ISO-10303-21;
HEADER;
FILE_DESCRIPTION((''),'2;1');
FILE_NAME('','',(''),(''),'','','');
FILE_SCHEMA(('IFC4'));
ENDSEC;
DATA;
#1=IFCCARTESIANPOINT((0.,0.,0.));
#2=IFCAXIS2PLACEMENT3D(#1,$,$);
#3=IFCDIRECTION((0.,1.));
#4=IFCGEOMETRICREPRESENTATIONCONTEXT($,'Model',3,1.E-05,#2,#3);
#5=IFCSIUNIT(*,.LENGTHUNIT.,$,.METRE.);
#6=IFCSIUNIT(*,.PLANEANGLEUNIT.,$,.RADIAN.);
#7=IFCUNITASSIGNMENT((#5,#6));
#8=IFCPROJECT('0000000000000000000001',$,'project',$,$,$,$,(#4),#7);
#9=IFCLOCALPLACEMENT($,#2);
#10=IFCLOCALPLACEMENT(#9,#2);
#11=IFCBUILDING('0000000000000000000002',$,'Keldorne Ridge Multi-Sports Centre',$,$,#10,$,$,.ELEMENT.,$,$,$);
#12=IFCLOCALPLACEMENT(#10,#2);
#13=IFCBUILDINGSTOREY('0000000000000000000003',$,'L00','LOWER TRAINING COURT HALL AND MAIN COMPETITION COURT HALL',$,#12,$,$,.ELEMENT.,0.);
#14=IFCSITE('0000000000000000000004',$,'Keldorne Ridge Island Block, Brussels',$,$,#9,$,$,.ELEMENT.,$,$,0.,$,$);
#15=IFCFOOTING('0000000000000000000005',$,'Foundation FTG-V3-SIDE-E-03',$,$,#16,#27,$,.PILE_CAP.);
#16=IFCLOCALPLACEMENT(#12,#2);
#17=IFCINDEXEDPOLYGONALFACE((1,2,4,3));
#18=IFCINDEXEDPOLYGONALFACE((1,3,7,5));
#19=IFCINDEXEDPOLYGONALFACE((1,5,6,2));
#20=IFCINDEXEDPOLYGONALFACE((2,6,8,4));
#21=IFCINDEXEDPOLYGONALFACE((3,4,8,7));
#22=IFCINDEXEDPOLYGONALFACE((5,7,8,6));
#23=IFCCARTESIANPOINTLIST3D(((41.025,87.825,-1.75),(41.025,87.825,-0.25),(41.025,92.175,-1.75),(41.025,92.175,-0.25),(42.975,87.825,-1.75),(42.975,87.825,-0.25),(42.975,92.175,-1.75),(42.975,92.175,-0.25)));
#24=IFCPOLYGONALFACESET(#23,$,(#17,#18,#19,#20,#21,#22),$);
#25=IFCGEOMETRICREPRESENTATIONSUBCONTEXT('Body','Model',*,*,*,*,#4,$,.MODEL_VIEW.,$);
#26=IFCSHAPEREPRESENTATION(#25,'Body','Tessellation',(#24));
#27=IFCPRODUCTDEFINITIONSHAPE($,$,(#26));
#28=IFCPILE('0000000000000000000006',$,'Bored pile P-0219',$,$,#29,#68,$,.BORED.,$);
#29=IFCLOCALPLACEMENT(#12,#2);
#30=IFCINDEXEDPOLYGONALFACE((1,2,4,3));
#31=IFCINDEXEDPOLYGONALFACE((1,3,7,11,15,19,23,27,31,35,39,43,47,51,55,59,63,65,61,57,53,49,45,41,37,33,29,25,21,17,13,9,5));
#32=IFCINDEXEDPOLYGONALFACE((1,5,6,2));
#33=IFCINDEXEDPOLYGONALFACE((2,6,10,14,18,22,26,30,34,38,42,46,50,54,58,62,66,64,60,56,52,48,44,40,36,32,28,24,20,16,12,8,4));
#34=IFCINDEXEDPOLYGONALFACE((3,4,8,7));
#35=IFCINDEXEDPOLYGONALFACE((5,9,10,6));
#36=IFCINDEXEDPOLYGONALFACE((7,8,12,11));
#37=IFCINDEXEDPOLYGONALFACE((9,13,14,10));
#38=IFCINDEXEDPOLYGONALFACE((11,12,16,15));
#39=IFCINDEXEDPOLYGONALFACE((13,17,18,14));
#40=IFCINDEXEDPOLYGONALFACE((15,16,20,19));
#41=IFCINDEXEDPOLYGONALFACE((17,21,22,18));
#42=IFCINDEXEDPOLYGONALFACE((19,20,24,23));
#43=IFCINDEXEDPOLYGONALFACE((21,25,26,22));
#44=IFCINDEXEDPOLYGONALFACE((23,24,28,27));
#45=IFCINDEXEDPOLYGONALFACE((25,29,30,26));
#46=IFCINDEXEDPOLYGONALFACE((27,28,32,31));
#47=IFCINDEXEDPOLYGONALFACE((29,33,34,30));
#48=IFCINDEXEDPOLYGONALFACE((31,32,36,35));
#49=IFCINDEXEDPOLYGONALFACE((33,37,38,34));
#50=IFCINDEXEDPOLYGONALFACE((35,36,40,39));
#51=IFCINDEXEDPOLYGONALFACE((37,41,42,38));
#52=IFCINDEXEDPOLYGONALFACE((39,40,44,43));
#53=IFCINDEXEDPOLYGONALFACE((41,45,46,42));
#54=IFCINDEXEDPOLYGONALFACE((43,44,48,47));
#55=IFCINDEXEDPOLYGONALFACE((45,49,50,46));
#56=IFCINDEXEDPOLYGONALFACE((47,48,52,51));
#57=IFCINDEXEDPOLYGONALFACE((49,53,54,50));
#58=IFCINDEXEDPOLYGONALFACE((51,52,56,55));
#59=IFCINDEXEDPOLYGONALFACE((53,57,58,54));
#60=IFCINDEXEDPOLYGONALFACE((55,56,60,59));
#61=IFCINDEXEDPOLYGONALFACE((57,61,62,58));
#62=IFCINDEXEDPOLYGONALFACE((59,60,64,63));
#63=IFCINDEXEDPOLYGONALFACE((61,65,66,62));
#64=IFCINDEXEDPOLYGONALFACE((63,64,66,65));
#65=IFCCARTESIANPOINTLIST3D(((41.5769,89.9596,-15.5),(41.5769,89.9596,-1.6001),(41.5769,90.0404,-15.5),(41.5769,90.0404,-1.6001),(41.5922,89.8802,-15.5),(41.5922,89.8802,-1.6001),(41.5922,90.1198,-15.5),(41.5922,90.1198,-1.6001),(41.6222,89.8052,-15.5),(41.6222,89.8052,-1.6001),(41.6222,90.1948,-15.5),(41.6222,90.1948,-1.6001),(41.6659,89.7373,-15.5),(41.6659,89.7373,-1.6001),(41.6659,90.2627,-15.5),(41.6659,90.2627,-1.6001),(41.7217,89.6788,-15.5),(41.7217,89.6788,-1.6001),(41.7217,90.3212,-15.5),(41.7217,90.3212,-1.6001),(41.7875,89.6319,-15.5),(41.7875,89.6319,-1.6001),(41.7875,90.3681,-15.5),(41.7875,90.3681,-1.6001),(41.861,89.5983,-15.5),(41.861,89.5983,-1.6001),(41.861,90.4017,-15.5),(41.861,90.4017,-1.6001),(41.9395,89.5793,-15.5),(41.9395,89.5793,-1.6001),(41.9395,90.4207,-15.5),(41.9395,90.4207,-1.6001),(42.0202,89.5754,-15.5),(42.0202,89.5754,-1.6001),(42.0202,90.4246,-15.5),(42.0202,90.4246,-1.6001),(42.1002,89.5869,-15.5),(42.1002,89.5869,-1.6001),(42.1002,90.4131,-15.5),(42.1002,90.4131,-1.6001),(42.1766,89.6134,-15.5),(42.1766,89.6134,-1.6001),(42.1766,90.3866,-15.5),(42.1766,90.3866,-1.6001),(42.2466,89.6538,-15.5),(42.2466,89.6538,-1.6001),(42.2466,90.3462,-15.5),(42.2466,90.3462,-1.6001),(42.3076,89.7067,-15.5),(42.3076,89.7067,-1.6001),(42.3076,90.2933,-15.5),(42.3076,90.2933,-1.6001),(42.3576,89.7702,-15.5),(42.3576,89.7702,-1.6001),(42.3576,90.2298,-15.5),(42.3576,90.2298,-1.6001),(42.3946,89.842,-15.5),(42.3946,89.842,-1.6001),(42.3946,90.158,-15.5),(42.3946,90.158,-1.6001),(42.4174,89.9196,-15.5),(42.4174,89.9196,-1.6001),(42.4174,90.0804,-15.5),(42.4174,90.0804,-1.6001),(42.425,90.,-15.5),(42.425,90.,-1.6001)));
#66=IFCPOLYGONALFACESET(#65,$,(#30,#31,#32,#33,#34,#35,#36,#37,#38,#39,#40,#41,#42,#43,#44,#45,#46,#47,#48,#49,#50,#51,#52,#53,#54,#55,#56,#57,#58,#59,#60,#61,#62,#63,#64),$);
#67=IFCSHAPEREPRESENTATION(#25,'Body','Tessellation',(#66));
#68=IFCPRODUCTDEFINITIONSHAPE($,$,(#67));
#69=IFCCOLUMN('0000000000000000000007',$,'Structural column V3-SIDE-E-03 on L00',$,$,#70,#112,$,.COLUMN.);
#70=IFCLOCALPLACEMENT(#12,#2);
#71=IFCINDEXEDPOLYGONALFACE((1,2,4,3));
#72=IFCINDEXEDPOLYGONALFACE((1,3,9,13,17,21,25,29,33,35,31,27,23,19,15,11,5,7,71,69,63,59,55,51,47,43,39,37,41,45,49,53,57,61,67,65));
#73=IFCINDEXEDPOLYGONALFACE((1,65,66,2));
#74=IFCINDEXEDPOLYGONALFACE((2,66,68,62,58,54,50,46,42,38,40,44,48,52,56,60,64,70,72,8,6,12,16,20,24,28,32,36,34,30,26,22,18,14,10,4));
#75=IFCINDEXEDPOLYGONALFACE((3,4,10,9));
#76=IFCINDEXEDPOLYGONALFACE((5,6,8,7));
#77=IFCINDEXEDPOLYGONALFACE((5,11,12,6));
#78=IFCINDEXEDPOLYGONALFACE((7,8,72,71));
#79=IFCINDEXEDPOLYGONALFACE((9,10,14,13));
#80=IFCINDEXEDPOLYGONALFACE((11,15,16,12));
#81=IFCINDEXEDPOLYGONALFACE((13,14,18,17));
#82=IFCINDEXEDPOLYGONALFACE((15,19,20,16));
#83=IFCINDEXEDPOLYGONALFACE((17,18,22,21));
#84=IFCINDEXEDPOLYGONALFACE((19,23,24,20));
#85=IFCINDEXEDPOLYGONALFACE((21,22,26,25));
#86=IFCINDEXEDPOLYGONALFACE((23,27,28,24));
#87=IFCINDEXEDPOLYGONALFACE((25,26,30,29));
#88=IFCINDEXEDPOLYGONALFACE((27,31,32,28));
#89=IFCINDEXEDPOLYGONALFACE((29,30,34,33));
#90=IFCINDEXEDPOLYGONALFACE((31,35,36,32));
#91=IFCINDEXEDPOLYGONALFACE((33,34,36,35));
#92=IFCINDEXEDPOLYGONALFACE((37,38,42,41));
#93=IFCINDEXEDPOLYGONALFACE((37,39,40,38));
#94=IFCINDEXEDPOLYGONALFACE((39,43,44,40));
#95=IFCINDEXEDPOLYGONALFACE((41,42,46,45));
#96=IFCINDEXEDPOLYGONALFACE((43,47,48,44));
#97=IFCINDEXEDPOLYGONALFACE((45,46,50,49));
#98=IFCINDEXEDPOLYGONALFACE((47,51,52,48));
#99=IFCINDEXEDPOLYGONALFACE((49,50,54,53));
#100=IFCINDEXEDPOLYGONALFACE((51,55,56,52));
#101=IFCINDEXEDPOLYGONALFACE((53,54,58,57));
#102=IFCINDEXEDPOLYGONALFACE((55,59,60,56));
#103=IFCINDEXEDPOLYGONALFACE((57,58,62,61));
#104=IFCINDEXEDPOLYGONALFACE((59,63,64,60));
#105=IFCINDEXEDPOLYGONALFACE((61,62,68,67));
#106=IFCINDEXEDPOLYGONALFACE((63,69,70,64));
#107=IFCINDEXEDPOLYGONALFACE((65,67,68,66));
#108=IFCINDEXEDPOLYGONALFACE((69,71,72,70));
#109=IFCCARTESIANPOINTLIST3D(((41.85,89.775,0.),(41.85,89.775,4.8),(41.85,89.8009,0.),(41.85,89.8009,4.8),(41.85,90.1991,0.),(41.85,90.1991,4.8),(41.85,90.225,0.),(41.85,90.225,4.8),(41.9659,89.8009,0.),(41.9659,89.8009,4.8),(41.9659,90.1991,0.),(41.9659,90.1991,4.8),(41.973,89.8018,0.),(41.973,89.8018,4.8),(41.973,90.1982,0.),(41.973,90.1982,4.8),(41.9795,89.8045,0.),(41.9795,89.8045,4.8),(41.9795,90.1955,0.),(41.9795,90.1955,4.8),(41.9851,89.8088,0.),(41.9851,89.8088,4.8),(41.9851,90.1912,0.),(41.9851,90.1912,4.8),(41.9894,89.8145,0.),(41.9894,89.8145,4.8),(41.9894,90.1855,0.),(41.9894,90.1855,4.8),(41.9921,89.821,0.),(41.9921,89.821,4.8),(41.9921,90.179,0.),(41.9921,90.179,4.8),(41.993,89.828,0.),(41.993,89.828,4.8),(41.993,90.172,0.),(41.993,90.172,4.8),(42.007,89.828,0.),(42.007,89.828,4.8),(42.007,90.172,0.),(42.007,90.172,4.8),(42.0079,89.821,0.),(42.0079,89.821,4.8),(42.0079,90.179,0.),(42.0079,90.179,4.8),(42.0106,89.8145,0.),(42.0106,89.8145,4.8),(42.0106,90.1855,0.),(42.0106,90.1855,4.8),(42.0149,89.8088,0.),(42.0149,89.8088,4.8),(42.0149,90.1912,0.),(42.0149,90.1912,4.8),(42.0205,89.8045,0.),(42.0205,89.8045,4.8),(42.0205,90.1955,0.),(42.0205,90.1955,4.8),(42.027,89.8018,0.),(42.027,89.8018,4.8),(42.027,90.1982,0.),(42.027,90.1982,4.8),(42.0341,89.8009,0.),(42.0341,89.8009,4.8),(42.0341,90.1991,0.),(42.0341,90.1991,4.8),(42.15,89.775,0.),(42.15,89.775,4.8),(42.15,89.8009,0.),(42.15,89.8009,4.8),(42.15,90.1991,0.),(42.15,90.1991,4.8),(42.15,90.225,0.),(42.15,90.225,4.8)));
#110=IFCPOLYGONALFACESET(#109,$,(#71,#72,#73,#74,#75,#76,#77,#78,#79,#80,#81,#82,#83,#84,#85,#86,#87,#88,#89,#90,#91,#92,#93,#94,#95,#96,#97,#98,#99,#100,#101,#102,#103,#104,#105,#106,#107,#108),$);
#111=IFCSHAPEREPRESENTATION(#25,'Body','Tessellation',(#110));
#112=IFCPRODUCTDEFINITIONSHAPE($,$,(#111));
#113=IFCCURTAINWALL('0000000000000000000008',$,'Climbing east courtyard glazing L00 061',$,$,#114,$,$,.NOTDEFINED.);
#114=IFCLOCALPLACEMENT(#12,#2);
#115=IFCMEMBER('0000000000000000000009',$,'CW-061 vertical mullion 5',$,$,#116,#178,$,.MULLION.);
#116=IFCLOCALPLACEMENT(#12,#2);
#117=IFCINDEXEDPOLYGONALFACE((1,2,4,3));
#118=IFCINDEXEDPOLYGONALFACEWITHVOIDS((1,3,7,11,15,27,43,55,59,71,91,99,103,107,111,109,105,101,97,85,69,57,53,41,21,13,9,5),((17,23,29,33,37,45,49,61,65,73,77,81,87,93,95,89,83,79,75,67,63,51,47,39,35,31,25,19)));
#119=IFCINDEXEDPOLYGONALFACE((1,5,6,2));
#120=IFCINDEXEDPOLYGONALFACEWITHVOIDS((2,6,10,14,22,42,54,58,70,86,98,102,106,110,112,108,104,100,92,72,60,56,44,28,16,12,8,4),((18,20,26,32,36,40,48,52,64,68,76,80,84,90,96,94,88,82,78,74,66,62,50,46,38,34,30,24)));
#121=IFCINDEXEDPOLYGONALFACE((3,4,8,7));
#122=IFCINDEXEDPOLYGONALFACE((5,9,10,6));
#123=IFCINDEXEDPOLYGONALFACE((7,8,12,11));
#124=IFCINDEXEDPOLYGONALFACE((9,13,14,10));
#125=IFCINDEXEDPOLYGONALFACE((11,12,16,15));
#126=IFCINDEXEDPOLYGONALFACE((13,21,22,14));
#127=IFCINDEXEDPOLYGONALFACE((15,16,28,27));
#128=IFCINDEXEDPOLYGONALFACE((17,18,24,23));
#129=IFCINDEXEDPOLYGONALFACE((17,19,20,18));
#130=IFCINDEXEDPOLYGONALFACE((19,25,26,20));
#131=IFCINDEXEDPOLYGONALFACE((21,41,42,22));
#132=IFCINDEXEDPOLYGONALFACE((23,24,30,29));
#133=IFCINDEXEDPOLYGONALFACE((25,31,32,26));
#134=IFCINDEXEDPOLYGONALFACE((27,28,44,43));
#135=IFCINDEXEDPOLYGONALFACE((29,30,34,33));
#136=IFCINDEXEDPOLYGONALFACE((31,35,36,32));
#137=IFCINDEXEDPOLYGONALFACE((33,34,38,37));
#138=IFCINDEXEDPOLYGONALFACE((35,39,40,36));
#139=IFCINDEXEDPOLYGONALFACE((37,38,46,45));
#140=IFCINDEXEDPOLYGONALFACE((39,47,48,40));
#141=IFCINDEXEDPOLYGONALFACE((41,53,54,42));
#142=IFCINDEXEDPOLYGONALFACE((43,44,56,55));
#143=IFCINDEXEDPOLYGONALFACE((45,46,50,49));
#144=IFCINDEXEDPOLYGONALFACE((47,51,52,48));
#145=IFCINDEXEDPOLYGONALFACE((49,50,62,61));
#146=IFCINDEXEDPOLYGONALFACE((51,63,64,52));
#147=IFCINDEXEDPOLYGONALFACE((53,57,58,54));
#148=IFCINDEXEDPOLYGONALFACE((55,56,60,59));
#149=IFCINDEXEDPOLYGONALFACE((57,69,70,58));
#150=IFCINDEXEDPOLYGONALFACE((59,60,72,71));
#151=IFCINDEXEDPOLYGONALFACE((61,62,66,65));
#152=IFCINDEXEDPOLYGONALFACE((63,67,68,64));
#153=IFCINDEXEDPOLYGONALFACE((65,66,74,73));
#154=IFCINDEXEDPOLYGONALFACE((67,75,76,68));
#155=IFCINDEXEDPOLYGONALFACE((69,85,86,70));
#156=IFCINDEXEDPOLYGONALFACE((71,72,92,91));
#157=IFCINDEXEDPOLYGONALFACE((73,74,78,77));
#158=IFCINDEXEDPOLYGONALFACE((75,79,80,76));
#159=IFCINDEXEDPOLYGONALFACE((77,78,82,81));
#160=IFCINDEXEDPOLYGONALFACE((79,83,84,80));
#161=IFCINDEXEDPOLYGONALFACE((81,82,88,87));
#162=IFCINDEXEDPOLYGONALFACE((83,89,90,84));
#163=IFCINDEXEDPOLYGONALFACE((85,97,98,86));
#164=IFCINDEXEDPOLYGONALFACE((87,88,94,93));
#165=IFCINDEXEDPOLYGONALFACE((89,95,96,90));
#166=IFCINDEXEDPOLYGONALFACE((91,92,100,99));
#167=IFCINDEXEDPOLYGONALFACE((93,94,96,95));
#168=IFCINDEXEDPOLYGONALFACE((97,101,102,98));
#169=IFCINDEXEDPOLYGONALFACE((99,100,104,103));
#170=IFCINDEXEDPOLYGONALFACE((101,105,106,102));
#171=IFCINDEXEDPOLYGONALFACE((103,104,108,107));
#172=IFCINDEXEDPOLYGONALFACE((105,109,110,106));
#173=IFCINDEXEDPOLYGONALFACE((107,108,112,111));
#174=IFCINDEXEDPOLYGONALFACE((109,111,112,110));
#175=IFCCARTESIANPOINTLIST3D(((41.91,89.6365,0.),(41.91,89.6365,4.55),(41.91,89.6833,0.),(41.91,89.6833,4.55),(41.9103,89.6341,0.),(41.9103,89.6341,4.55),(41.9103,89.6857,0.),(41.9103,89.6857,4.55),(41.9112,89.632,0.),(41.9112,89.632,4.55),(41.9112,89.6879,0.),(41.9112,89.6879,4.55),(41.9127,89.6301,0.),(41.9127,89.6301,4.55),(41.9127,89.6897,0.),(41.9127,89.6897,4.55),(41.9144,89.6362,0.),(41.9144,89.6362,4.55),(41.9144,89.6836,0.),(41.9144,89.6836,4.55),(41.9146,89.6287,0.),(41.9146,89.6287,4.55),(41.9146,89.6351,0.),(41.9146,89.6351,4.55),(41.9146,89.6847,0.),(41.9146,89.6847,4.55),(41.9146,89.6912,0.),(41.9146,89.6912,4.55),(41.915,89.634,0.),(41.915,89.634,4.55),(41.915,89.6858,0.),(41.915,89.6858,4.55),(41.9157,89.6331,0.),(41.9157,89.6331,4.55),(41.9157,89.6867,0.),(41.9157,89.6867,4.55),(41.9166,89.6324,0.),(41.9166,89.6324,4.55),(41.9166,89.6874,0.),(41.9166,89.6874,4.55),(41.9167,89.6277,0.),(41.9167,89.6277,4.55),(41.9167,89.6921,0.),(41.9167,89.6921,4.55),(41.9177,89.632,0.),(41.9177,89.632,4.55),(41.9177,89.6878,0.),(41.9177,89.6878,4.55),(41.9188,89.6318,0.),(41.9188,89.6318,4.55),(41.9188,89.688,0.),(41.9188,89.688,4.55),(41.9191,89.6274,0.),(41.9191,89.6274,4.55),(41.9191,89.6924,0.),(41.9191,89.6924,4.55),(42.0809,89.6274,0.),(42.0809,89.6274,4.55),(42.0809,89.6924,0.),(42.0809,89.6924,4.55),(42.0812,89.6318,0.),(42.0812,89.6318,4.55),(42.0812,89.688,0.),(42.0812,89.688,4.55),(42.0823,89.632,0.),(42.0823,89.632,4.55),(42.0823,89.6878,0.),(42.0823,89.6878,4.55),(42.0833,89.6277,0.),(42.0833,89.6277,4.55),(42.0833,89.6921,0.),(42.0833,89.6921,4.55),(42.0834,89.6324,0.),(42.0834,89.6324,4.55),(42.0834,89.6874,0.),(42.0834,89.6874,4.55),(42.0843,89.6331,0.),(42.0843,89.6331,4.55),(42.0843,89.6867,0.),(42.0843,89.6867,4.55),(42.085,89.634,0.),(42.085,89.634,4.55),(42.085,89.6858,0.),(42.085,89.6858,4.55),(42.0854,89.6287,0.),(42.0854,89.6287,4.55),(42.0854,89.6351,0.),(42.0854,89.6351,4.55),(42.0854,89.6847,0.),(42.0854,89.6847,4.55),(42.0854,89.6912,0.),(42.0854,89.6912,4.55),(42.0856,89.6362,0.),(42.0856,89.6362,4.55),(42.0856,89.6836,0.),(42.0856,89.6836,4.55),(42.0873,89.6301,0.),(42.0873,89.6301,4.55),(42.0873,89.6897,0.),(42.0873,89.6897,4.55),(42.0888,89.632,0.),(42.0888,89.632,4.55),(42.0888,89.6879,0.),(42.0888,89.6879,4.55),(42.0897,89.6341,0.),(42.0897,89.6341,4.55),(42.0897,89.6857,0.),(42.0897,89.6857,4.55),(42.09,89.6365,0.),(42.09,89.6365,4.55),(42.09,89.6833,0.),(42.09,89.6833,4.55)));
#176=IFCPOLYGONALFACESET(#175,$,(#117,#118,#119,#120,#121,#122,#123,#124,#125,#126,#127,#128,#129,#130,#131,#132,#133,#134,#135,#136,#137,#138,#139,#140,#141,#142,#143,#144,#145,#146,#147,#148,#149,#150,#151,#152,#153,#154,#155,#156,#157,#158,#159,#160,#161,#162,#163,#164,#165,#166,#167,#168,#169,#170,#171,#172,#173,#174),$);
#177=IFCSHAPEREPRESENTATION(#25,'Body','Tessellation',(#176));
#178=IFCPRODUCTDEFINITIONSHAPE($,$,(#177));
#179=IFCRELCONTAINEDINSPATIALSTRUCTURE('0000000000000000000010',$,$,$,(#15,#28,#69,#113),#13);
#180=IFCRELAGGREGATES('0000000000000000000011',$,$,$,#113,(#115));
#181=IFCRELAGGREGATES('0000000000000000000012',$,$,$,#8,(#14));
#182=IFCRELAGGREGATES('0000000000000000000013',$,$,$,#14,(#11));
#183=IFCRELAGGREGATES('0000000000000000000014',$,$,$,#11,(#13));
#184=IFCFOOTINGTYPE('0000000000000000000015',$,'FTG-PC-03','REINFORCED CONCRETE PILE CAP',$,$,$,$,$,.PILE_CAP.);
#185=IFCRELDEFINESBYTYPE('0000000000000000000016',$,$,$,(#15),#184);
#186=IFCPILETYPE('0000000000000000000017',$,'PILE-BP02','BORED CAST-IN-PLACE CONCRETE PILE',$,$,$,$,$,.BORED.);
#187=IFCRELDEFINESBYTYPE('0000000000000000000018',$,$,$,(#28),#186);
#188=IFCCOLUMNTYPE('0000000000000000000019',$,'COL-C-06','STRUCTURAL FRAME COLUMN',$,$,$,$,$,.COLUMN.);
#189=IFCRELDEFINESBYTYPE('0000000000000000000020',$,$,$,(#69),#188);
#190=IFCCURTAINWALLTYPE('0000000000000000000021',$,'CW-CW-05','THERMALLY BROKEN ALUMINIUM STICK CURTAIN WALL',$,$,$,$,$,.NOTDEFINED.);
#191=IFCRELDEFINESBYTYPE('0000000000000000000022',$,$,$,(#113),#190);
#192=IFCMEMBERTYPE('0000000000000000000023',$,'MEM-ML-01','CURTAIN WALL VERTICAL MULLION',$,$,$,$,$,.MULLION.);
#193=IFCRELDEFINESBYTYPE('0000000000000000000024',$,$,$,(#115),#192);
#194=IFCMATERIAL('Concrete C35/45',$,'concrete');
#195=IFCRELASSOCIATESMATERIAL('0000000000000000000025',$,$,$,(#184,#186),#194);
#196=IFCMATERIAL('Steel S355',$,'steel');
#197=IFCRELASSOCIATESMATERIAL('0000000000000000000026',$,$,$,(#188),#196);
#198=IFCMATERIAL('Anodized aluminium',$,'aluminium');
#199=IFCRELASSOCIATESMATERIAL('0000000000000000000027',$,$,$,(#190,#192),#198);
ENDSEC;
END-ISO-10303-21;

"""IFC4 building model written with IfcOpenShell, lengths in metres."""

from ifc_helpers import new_model, si_unit, direction, frame, origin, origin_2d, place, context, subcontext, project, spatial, rectangle, hollow_rectangle, circle, i_section, extrude, material, material_profile, profile_set, type_object, element, aggregate, save


model = new_model("IFC4")

# Units and contexts
model_context = context("Model", 3, precision=1e-05, world=origin(), true_north=direction((0.0, 1.0)))
body_context = subcontext(model_context, "Body", "Model", "MODEL_VIEW")
ifc_project = project(units=[si_unit("LENGTHUNIT", "METRE"), si_unit("PLANEANGLEUNIT", "RADIAN")], contexts=[model_context])

# Site, building, storey
site_placement = place(None, origin())
site = spatial("IfcSite", under=ifc_project, at=site_placement, Name="Keldorne Ridge Island Block, Brussels", CompositionType="ELEMENT", RefElevation=0.0)
building_placement = place(site_placement, origin())
building = spatial("IfcBuilding", under=site, at=building_placement, Name="Keldorne Ridge Multi-Sports Centre", CompositionType="ELEMENT")
storey_placement = place(building_placement, origin())
storey = spatial("IfcBuildingStorey", under=building, at=storey_placement, Name="L00", Description="LOWER TRAINING COURT HALL AND MAIN COMPETITION COURT HALL", CompositionType="ELEMENT", Elevation=0.0)

# Footing
ifc_material_1 = material(Name="Concrete C35/45", Category="concrete")
footing_type = type_object("IfcFootingType", Name="FTG-PC-03", Description="REINFORCED CONCRETE PILE CAP", PredefinedType="PILE_CAP", material=ifc_material_1)
footing_placement = place(storey_placement, frame((42.0, 90.0, -1.75), z_axis=(0.0, 0.0, 1.0), x_axis=(1.0, 0.0, 0.0)))
element("IfcFooting", 1, at=footing_placement, inside=storey, type_object=footing_type, Name="Foundation FTG-V3-SIDE-E-03", PredefinedType="PILE_CAP", context=body_context, shape_type="SweptSolid", body=[
    extrude(rectangle(XDim=1.95, YDim=4.3501, at=origin_2d()), origin(), (0.0, 0.0, 1.0), 1.5),
])

# Pile
ifc_material_profile_1 = material_profile(ifc_material_1, circle(Radius=0.425, at=origin_2d()), Name="BORED PILE D850")
ifc_profile_set_1 = profile_set([ifc_material_profile_1], Name="Concrete C35/45")
pile_type = type_object("IfcPileType", Name="PILE-BP02", Description="BORED CAST-IN-PLACE CONCRETE PILE", PredefinedType="BORED", material=ifc_profile_set_1)
pile_placement = place(storey_placement, frame((42.0, 90.0, -1.6001), z_axis=(0.0, 0.0, -1.0), x_axis=(1.0, 0.0, 0.0)))
element("IfcPile", 2, at=pile_placement, inside=storey, type_object=pile_type, Name="Bored pile P-0219", PredefinedType="BORED", context=body_context, shape_type="SweptSolid", body=[
    extrude(circle(Radius=0.425, at=origin_2d()), origin(), (0.0, 0.0, 1.0), 13.8999),
])

# Column
ifc_material_2 = material(Name="Steel S355", Category="steel")
ifc_material_profile_2 = material_profile(ifc_material_2, i_section(OverallWidth=0.3, OverallDepth=0.45, WebThickness=0.0139, FlangeThickness=0.0259, FilletRadius=0.0271, at=origin_2d()), Name="HEB 450")
ifc_profile_set_2 = profile_set([ifc_material_profile_2], Name="Steel S355")
column_type = type_object("IfcColumnType", Name="COL-C-06", Description="STRUCTURAL FRAME COLUMN", PredefinedType="COLUMN", material=ifc_profile_set_2)
column_placement = place(storey_placement, frame((42.0, 90.0, 0.0), z_axis=(0.0, 0.0, 1.0), x_axis=(1.0, 0.0, 0.0)))
element("IfcColumn", 3, at=column_placement, inside=storey, type_object=column_type, Name="Structural column V3-SIDE-E-03 on L00", PredefinedType="COLUMN", context=body_context, shape_type="SweptSolid", body=[
    extrude(i_section(OverallWidth=0.3, OverallDepth=0.45, WebThickness=0.0139, FlangeThickness=0.0259, FilletRadius=0.0271, at=origin_2d()), origin(), (0.0, 0.0, 1.0), 4.8),
])

# Curtain wall, member
ifc_material_3 = material(Name="Anodized aluminium", Category="aluminium")
curtain_wall_type_1 = type_object("IfcCurtainWallType", Name="CW-CW-05", Description="THERMALLY BROKEN ALUMINIUM STICK CURTAIN WALL", PredefinedType="NOTDEFINED", material=ifc_material_3)
curtain_wall_1_placement = place(storey_placement, origin())
curtain_wall_1 = element("IfcCurtainWall", 4, at=curtain_wall_1_placement, inside=storey, type_object=curtain_wall_type_1, Name="Climbing east courtyard glazing L00 061", PredefinedType="NOTDEFINED")
ifc_material_profile_3 = material_profile(ifc_material_3, hollow_rectangle(XDim=0.0649, YDim=0.1799, WallThickness=0.0044, InnerFilletRadius=0.0044, OuterFilletRadius=0.009, at=origin_2d()), Name="ALU MULLION 180x65x4.5")
ifc_profile_set_3 = profile_set([ifc_material_profile_3], Name="Anodized aluminium")
member_type_1 = type_object("IfcMemberType", Name="MEM-ML-01", Description="CURTAIN WALL VERTICAL MULLION", PredefinedType="MULLION", material=ifc_profile_set_3)
member_1_placement = place(storey_placement, frame((42.0, 89.6599, 0.0), z_axis=(0.0, 0.0, 1.0), x_axis=(0.0, 1.0, 0.0)))
member_1 = element("IfcMember", 5, at=member_1_placement, type_object=member_type_1, Name="CW-061 vertical mullion 5", PredefinedType="MULLION", context=body_context, shape_type="SweptSolid", body=[
    extrude(hollow_rectangle(XDim=0.0649, YDim=0.1799, WallThickness=0.0044, InnerFilletRadius=0.0044, OuterFilletRadius=0.009, at=origin_2d()), origin(), (0.0, 0.0, 1.0), 4.55),
])
aggregate(curtain_wall_1, [member_1])

save(model, "model.ifc")
